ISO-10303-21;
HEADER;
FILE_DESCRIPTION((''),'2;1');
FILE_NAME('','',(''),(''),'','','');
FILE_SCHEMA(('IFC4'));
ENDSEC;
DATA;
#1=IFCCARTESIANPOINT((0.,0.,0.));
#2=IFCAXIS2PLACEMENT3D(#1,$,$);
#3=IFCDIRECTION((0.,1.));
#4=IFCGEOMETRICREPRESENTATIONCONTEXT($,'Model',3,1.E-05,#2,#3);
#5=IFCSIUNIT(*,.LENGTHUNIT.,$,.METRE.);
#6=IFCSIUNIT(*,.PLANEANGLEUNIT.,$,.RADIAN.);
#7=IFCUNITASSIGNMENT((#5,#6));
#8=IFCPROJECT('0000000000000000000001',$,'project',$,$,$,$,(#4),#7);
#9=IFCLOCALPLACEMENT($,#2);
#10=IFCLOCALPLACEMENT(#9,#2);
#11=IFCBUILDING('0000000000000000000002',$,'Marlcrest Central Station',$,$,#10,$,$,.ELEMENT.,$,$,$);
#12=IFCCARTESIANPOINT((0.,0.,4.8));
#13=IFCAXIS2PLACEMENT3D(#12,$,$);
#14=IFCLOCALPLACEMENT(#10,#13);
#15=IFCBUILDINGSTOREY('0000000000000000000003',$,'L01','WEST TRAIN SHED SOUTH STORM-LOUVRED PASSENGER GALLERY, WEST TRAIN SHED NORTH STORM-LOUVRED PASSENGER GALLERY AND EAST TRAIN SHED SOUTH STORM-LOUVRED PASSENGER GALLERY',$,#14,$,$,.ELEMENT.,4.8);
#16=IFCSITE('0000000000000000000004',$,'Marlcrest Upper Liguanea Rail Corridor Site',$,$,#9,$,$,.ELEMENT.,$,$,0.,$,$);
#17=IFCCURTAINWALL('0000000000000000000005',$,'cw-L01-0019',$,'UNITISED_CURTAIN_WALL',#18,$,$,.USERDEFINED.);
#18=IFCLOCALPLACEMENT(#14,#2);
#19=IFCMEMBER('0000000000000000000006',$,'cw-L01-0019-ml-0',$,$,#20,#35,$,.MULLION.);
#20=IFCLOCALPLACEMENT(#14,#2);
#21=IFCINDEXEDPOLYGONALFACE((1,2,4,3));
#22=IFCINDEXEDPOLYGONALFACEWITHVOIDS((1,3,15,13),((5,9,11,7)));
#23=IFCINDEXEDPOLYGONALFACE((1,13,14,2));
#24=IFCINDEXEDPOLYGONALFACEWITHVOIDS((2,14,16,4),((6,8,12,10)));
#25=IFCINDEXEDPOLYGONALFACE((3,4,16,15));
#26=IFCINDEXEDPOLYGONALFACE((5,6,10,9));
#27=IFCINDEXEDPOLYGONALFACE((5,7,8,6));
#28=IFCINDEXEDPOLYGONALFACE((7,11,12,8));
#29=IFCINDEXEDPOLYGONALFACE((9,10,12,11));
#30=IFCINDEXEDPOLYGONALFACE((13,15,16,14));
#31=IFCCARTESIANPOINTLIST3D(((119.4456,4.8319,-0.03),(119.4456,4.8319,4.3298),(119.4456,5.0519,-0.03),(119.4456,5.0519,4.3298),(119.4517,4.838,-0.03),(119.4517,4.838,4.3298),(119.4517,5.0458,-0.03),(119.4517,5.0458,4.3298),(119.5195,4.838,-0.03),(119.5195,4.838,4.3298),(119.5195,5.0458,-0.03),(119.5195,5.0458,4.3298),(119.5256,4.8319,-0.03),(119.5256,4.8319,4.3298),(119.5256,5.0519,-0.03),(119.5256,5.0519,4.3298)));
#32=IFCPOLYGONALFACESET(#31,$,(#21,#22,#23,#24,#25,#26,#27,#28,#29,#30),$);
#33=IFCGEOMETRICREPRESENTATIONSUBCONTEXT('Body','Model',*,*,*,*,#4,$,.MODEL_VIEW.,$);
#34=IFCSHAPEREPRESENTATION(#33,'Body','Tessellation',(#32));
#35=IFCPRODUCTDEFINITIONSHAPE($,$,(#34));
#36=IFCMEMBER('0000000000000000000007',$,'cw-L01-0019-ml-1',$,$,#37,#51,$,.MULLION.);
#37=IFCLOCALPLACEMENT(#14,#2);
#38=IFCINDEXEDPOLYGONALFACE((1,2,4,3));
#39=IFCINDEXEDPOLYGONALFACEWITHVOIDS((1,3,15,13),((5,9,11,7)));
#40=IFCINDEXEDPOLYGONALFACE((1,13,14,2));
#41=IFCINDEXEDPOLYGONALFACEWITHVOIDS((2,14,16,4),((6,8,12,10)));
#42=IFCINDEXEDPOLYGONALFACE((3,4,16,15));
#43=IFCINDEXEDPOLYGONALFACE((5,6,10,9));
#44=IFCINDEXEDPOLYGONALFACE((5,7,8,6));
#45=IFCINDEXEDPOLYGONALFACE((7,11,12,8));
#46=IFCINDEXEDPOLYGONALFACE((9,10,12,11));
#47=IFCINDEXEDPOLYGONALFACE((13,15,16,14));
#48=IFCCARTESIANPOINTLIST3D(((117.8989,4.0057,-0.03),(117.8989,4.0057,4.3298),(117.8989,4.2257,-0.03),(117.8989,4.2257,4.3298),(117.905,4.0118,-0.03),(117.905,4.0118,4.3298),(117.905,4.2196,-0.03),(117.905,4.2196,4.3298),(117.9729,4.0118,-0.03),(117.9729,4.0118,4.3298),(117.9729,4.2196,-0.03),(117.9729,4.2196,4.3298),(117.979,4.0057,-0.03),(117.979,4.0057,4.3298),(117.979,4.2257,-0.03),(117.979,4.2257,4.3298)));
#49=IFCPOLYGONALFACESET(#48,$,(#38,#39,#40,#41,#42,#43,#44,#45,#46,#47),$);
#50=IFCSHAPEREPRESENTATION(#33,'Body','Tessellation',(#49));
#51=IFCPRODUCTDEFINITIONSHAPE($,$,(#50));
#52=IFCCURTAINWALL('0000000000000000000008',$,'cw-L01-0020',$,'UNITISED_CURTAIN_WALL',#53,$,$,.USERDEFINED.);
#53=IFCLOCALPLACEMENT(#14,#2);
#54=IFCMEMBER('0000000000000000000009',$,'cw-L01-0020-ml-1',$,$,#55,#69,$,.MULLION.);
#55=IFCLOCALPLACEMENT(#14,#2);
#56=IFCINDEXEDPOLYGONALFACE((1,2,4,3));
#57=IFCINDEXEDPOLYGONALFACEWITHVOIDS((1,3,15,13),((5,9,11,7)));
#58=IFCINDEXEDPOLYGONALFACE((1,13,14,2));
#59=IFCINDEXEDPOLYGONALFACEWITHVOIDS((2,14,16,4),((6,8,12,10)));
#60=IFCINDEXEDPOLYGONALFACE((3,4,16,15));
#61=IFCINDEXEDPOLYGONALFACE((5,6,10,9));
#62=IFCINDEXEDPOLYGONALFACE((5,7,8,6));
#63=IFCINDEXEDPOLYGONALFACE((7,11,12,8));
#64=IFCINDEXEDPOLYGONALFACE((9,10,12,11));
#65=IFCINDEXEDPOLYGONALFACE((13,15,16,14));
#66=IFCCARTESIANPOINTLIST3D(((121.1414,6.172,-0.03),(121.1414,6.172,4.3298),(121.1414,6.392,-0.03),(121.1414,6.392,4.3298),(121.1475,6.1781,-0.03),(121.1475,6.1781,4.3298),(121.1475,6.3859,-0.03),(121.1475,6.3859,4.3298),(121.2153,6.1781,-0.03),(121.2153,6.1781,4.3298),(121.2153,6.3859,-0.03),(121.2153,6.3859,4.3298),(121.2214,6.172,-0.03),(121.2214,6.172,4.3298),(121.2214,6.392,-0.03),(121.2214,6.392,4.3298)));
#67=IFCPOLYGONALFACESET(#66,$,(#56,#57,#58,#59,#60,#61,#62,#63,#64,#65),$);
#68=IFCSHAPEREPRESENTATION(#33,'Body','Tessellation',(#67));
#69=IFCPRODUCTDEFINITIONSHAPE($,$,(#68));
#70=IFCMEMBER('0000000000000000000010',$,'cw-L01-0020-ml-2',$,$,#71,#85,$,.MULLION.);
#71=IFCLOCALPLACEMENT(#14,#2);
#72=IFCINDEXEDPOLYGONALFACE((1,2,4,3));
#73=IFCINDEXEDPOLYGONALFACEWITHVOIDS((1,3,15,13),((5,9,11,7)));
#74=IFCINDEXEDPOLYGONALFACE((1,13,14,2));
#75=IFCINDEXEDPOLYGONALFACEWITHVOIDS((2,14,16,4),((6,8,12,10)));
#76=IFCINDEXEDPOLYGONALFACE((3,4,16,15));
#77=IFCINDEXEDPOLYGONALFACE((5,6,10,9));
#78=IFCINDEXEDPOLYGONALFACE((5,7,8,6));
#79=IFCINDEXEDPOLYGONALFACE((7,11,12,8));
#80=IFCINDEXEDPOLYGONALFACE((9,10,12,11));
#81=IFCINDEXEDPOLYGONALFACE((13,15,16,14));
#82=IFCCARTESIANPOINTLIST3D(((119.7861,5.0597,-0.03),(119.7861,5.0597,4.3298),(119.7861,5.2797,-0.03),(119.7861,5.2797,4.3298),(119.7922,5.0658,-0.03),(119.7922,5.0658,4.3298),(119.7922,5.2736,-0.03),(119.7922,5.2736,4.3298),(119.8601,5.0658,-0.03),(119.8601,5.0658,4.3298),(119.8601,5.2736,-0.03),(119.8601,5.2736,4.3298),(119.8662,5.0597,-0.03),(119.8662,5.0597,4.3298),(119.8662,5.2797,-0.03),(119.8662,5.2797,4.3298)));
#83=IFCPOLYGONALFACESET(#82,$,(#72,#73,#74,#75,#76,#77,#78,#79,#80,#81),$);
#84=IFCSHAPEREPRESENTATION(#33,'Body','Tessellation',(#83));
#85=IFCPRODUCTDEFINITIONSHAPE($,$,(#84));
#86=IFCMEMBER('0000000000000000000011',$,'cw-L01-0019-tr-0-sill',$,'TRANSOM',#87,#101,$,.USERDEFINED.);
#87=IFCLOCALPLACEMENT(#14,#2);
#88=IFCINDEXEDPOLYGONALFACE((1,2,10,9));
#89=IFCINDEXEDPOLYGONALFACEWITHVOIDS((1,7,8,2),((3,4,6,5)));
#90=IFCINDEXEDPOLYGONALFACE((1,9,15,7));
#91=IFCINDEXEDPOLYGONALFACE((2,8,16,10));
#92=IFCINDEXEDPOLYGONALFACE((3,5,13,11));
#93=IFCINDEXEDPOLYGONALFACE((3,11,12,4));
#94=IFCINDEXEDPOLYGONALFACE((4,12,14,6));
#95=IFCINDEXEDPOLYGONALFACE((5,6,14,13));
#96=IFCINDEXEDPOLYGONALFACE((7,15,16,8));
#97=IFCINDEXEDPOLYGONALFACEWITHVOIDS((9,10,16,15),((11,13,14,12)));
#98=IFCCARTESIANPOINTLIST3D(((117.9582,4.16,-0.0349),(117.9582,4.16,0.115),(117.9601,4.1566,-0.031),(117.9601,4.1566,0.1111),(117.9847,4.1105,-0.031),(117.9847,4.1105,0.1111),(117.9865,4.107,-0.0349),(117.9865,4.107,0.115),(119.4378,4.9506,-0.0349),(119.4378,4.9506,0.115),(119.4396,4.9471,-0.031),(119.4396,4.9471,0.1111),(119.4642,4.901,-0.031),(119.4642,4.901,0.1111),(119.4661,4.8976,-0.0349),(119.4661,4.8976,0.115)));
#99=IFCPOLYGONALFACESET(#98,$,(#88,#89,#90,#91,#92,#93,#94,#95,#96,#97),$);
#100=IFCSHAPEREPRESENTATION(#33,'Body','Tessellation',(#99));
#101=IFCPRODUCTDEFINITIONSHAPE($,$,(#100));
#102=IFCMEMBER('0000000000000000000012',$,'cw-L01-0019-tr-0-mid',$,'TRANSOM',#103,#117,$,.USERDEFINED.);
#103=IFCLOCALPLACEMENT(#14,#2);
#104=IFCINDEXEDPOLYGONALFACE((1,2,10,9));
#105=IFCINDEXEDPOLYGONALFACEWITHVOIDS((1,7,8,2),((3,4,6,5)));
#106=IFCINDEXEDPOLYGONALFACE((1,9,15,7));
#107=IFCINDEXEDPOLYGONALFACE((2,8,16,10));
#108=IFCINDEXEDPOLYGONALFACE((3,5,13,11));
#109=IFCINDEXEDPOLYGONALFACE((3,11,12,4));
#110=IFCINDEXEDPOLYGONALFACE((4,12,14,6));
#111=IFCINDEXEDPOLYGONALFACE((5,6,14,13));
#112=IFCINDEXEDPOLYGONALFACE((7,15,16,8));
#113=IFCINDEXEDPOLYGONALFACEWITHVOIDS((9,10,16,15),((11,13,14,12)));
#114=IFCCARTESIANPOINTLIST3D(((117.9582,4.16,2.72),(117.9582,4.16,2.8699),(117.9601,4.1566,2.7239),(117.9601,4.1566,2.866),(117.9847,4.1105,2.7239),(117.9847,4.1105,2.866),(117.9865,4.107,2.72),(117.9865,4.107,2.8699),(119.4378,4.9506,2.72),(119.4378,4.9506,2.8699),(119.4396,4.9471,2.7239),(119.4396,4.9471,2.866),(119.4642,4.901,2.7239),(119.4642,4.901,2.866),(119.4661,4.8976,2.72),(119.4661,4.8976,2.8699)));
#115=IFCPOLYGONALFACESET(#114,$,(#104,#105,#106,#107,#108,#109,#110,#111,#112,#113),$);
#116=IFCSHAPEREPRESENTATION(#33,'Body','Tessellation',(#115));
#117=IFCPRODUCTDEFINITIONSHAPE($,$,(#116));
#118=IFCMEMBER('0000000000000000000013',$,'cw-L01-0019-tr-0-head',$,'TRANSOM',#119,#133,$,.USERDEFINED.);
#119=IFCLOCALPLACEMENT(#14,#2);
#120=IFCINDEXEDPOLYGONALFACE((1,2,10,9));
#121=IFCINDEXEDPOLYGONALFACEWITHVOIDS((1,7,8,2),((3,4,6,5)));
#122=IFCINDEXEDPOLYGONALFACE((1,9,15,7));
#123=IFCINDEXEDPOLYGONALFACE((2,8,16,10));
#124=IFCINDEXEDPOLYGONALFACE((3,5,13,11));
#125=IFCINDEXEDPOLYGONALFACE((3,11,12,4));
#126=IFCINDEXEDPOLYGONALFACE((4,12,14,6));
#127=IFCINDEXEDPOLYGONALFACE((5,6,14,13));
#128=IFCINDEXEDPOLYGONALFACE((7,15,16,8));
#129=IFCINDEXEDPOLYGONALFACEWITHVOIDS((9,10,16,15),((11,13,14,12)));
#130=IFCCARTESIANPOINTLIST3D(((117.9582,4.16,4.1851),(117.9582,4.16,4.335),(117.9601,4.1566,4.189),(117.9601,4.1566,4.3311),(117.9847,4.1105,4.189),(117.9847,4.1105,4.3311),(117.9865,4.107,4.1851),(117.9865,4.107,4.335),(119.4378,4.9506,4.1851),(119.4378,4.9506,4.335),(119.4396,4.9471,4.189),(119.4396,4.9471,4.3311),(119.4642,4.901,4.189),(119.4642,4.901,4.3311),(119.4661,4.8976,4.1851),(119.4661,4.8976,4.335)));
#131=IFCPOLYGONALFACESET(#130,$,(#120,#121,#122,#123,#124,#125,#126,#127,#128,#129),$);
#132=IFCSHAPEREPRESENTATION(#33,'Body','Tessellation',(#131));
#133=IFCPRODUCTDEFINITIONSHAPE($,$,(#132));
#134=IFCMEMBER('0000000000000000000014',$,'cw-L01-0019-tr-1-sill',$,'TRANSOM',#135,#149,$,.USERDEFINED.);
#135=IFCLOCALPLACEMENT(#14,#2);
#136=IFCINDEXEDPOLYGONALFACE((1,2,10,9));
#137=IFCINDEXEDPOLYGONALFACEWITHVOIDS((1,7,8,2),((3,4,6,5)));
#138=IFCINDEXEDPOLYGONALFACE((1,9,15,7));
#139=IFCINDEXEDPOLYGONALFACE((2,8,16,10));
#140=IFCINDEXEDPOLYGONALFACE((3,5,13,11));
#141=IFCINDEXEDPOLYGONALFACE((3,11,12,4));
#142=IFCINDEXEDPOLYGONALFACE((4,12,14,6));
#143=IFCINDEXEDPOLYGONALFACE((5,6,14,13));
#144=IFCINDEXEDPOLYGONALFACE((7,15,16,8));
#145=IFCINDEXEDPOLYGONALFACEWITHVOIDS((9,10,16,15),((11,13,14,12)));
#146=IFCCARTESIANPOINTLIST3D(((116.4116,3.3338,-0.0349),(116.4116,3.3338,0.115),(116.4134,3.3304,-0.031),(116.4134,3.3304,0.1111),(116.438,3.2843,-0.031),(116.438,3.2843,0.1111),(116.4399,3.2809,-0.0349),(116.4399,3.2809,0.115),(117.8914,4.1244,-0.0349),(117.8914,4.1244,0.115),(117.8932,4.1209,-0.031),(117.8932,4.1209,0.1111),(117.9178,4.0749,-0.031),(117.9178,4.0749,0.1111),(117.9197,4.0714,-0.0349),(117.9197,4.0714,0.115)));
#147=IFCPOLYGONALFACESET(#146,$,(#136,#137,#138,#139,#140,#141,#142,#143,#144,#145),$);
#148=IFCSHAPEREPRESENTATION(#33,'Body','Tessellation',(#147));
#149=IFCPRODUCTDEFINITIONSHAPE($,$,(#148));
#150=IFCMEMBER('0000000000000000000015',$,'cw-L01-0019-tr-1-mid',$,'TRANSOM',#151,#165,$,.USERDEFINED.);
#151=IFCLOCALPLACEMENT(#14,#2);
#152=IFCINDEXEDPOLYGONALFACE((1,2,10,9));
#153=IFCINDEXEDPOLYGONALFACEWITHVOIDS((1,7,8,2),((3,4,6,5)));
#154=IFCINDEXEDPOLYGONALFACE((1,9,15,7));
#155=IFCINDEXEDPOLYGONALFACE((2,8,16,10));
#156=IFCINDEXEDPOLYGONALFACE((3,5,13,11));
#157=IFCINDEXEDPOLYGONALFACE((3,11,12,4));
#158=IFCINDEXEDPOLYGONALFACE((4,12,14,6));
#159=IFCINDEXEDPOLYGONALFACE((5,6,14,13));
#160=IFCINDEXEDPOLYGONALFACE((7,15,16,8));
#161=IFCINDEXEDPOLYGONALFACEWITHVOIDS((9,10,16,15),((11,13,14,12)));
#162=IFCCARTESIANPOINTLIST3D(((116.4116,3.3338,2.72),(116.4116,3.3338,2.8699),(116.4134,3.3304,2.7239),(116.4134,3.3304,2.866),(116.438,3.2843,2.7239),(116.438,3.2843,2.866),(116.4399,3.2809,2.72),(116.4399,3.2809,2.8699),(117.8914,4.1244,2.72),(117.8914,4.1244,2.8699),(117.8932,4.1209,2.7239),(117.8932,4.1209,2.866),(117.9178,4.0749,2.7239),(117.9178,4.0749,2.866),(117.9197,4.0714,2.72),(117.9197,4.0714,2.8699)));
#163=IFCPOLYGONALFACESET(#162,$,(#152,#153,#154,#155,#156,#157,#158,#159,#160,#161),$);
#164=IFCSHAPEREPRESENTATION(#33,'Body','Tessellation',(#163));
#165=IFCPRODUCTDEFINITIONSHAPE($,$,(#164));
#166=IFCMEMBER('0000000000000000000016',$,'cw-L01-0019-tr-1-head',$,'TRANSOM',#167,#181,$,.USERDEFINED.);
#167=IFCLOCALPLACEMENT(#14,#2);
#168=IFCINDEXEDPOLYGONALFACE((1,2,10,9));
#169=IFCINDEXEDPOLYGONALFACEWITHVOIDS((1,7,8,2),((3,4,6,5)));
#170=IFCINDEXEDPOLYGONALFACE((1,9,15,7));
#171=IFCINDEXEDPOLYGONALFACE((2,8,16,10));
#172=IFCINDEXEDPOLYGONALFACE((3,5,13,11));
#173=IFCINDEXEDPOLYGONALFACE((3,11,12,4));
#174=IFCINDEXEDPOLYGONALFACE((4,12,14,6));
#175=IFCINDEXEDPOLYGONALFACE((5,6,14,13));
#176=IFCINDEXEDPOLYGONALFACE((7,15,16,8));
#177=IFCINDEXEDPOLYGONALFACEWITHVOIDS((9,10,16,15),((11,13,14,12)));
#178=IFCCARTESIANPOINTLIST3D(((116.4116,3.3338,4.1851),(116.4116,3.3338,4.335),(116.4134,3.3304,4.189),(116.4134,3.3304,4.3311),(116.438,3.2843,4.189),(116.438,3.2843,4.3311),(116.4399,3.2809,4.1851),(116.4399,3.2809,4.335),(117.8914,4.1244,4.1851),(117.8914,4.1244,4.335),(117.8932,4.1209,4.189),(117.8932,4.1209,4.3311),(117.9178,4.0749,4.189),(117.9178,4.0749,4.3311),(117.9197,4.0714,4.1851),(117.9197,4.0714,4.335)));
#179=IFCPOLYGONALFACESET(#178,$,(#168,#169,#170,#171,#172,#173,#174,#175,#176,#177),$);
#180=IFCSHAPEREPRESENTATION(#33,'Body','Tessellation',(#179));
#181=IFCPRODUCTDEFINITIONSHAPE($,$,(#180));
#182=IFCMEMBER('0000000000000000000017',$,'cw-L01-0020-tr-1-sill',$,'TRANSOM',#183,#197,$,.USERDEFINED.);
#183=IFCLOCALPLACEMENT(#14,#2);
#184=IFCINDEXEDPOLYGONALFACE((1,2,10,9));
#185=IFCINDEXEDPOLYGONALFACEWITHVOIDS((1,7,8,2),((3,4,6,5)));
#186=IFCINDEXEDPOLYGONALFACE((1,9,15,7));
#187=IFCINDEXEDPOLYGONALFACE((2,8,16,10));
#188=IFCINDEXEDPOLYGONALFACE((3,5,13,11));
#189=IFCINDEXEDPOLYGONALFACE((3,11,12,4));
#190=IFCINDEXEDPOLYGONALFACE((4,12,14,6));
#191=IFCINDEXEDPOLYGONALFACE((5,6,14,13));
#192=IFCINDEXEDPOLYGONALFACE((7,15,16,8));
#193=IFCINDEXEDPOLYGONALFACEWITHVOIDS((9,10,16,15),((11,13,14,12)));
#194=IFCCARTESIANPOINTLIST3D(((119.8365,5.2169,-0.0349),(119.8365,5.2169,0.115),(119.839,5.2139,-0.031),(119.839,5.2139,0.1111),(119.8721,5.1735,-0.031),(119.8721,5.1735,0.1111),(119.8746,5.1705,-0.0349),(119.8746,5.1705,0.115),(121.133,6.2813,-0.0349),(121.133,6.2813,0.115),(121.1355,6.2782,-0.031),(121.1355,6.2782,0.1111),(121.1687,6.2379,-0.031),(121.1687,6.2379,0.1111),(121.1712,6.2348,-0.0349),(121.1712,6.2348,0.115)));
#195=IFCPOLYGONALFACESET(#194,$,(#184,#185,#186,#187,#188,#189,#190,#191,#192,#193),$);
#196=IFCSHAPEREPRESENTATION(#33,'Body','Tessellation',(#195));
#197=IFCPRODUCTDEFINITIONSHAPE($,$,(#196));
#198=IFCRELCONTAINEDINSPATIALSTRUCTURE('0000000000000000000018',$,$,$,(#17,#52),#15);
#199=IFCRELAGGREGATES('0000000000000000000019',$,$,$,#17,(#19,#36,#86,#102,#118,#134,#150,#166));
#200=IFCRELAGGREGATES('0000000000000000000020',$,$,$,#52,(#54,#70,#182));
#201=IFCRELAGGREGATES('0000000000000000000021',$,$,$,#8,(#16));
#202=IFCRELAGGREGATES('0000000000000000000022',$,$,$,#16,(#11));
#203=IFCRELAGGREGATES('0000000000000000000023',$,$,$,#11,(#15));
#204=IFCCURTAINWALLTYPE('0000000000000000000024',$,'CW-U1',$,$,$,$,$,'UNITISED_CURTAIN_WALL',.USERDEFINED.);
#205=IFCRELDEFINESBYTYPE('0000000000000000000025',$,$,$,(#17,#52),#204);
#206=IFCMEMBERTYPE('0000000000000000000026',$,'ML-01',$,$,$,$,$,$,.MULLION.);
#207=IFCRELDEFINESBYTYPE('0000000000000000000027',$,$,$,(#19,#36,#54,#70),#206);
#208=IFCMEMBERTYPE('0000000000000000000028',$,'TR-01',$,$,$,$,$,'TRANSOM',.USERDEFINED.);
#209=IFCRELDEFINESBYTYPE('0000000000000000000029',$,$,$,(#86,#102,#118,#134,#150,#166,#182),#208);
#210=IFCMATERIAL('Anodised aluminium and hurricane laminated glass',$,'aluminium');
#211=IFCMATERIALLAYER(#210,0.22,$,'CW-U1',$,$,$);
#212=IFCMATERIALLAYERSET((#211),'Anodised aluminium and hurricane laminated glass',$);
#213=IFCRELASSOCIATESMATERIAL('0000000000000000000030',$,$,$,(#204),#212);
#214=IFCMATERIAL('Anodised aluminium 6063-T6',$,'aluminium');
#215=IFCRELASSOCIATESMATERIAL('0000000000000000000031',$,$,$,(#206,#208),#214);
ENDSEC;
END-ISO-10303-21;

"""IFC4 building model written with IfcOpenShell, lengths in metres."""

from ifc_helpers import new_model, si_unit, direction, frame, origin, origin_2d, place, context, subcontext, project, spatial, hollow_rectangle, extrude, material, layer, layer_set, material_profile, profile_set, type_object, element, aggregate, save


model = new_model("IFC4")

# Units and contexts
model_context = context("Model", 3, precision=1e-05, world=origin(), true_north=direction((0.0, 1.0)))
body_context = subcontext(model_context, "Body", "Model", "MODEL_VIEW")
ifc_project = project(units=[si_unit("LENGTHUNIT", "METRE"), si_unit("PLANEANGLEUNIT", "RADIAN")], contexts=[model_context])

# Site, building, storey
site_placement = place(None, origin())
site = spatial("IfcSite", under=ifc_project, at=site_placement, Name="Marlcrest Upper Liguanea Rail Corridor Site", CompositionType="ELEMENT", RefElevation=0.0)
building_placement = place(site_placement, origin())
building = spatial("IfcBuilding", under=site, at=building_placement, Name="Marlcrest Central Station", CompositionType="ELEMENT")
storey_placement = place(building_placement, frame((0.0, 0.0, 4.8)))
storey = spatial("IfcBuildingStorey", under=building, at=storey_placement, Name="L01", Description="WEST TRAIN SHED SOUTH STORM-LOUVRED PASSENGER GALLERY, WEST TRAIN SHED NORTH STORM-LOUVRED PASSENGER GALLERY AND EAST TRAIN SHED SOUTH STORM-LOUVRED PASSENGER GALLERY", CompositionType="ELEMENT", Elevation=4.8)

# Curtain walls, members
ifc_material_1 = material(Name="Anodised aluminium and hurricane laminated glass", Category="aluminium")
ifc_layer_1 = layer(ifc_material_1, 0.22, Name="CW-U1")
ifc_layer_set_1 = layer_set([ifc_layer_1], Name="Anodised aluminium and hurricane laminated glass")
curtain_wall_type = type_object("IfcCurtainWallType", Name="CW-U1", ElementType="UNITISED_CURTAIN_WALL", PredefinedType="USERDEFINED", material=ifc_layer_set_1)
curtain_wall_1_placement = place(storey_placement, origin())
curtain_wall_1 = element("IfcCurtainWall", 1, at=curtain_wall_1_placement, inside=storey, type_object=curtain_wall_type, Name="cw-L01-0019", ObjectType="UNITISED_CURTAIN_WALL", PredefinedType="USERDEFINED")
ifc_material_2 = material(Name="Anodised aluminium 6063-T6", Category="aluminium")
ifc_material_profile_1 = material_profile(ifc_material_2, hollow_rectangle(XDim=0.0801, YDim=0.22, WallThickness=0.0061, at=origin_2d()), Name="AA-RHS 220x80x6")
ifc_profile_set_1 = profile_set([ifc_material_profile_1], Name="Anodised aluminium 6063-T6")
member_type_1 = type_object("IfcMemberType", Name="ML-01", PredefinedType="MULLION", material=ifc_profile_set_1)
member_1_placement = place(storey_placement, frame((119.4856, 4.9419, -0.03), z_axis=(0.0, 0.0, 1.0), x_axis=(1.0, 0.0, 0.0)))
member_1 = element("IfcMember", 2, at=member_1_placement, type_object=member_type_1, Name="cw-L01-0019-ml-0", PredefinedType="MULLION", context=body_context, shape_type="SweptSolid", body=[
    extrude(hollow_rectangle(XDim=0.0801, YDim=0.22, WallThickness=0.0061, at=origin_2d()), origin(), (0.0, 0.0, 1.0), 4.3599),
])
member_2_placement = place(storey_placement, frame((117.939, 4.1157, -0.03), z_axis=(0.0, 0.0, 1.0), x_axis=(1.0, 0.0, 0.0)))
member_2 = element("IfcMember", 3, at=member_2_placement, type_object=member_type_1, Name="cw-L01-0019-ml-1", PredefinedType="MULLION", context=body_context, shape_type="SweptSolid", body=[
    extrude(hollow_rectangle(XDim=0.0801, YDim=0.22, WallThickness=0.0061, at=origin_2d()), origin(), (0.0, 0.0, 1.0), 4.3599),
])
curtain_wall_2_placement = place(storey_placement, origin())
curtain_wall_2 = element("IfcCurtainWall", 4, at=curtain_wall_2_placement, inside=storey, type_object=curtain_wall_type, Name="cw-L01-0020", ObjectType="UNITISED_CURTAIN_WALL", PredefinedType="USERDEFINED")
member_3_placement = place(storey_placement, frame((121.1814, 6.282, -0.03), z_axis=(0.0, 0.0, 1.0), x_axis=(1.0, 0.0, 0.0)))
member_3 = element("IfcMember", 5, at=member_3_placement, type_object=member_type_1, Name="cw-L01-0020-ml-1", PredefinedType="MULLION", context=body_context, shape_type="SweptSolid", body=[
    extrude(hollow_rectangle(XDim=0.0801, YDim=0.22, WallThickness=0.0061, at=origin_2d()), origin(), (0.0, 0.0, 1.0), 4.3599),
])
member_4_placement = place(storey_placement, frame((119.8262, 5.1697, -0.03), z_axis=(0.0, 0.0, 1.0), x_axis=(1.0, 0.0, 0.0)))
member_4 = element("IfcMember", 6, at=member_4_placement, type_object=member_type_1, Name="cw-L01-0020-ml-2", PredefinedType="MULLION", context=body_context, shape_type="SweptSolid", body=[
    extrude(hollow_rectangle(XDim=0.0801, YDim=0.22, WallThickness=0.0061, at=origin_2d()), origin(), (0.0, 0.0, 1.0), 4.3599),
])

# Members
ifc_material_profile_2 = material_profile(ifc_material_2, hollow_rectangle(XDim=0.0601, YDim=0.1499, WallThickness=0.0039, at=origin_2d()), Name="AA-RHS 150x60x4")
ifc_profile_set_2 = profile_set([ifc_material_profile_2], Name="Anodised aluminium 6063-T6")
member_type_2 = type_object("IfcMemberType", Name="TR-01", ElementType="TRANSOM", PredefinedType="USERDEFINED", material=ifc_profile_set_2)
member_5_placement = place(storey_placement, frame((119.4519, 4.9241, 0.04), z_axis=(-0.88199, -0.471268, 0.0), x_axis=(0.471268, -0.88199, 0.0)))
member_5 = element("IfcMember", 7, at=member_5_placement, type_object=member_type_2, Name="cw-L01-0019-tr-0-sill", ObjectType="TRANSOM", PredefinedType="USERDEFINED", context=body_context, shape_type="SweptSolid", body=[
    extrude(hollow_rectangle(XDim=0.0601, YDim=0.1499, WallThickness=0.0039, at=origin_2d()), origin(), (0.0, 0.0, 1.0), 1.6775),
])
member_6_placement = place(storey_placement, frame((119.4519, 4.9241, 2.7949), z_axis=(-0.88199, -0.471268, 0.0), x_axis=(0.471268, -0.88199, 0.0)))
member_6 = element("IfcMember", 8, at=member_6_placement, type_object=member_type_2, Name="cw-L01-0019-tr-0-mid", ObjectType="TRANSOM", PredefinedType="USERDEFINED", context=body_context, shape_type="SweptSolid", body=[
    extrude(hollow_rectangle(XDim=0.0601, YDim=0.1499, WallThickness=0.0039, at=origin_2d()), origin(), (0.0, 0.0, 1.0), 1.6775),
])
member_7_placement = place(storey_placement, frame((119.4519, 4.9241, 4.26), z_axis=(-0.88199, -0.471268, 0.0), x_axis=(0.471268, -0.88199, 0.0)))
member_7 = element("IfcMember", 9, at=member_7_placement, type_object=member_type_2, Name="cw-L01-0019-tr-0-head", ObjectType="TRANSOM", PredefinedType="USERDEFINED", context=body_context, shape_type="SweptSolid", body=[
    extrude(hollow_rectangle(XDim=0.0601, YDim=0.1499, WallThickness=0.0039, at=origin_2d()), origin(), (0.0, 0.0, 1.0), 1.6775),
])
member_8_placement = place(storey_placement, frame((117.9055, 4.0979, 0.04), z_axis=(-0.882022, -0.471207, 0.0), x_axis=(0.471207, -0.882022, 0.0)))
member_8 = element("IfcMember", 10, at=member_8_placement, type_object=member_type_2, Name="cw-L01-0019-tr-1-sill", ObjectType="TRANSOM", PredefinedType="USERDEFINED", context=body_context, shape_type="SweptSolid", body=[
    extrude(hollow_rectangle(XDim=0.0601, YDim=0.1499, WallThickness=0.0039, at=origin_2d()), origin(), (0.0, 0.0, 1.0), 1.6777),
])
member_9_placement = place(storey_placement, frame((117.9055, 4.0979, 2.7949), z_axis=(-0.882022, -0.471207, 0.0), x_axis=(0.471207, -0.882022, 0.0)))
member_9 = element("IfcMember", 11, at=member_9_placement, type_object=member_type_2, Name="cw-L01-0019-tr-1-mid", ObjectType="TRANSOM", PredefinedType="USERDEFINED", context=body_context, shape_type="SweptSolid", body=[
    extrude(hollow_rectangle(XDim=0.0601, YDim=0.1499, WallThickness=0.0039, at=origin_2d()), origin(), (0.0, 0.0, 1.0), 1.6777),
])
member_10_placement = place(storey_placement, frame((117.9055, 4.0979, 4.26), z_axis=(-0.882022, -0.471207, 0.0), x_axis=(0.471207, -0.882022, 0.0)))
member_10 = element("IfcMember", 12, at=member_10_placement, type_object=member_type_2, Name="cw-L01-0019-tr-1-head", ObjectType="TRANSOM", PredefinedType="USERDEFINED", context=body_context, shape_type="SweptSolid", body=[
    extrude(hollow_rectangle(XDim=0.0601, YDim=0.1499, WallThickness=0.0039, at=origin_2d()), origin(), (0.0, 0.0, 1.0), 1.6777),
])
member_11_placement = place(storey_placement, frame((121.1521, 6.2581, 0.04), z_axis=(-0.772912, -0.634513, 0.0), x_axis=(0.634513, -0.772912, 0.0)))
member_11 = element("IfcMember", 13, at=member_11_placement, type_object=member_type_2, Name="cw-L01-0020-tr-1-sill", ObjectType="TRANSOM", PredefinedType="USERDEFINED", context=body_context, shape_type="SweptSolid", body=[
    extrude(hollow_rectangle(XDim=0.0601, YDim=0.1499, WallThickness=0.0039, at=origin_2d()), origin(), (0.0, 0.0, 1.0), 1.6775),
])

aggregate(curtain_wall_1, [member_1, member_2, member_5, member_6, member_7, member_8, member_9, member_10])
aggregate(curtain_wall_2, [member_3, member_4, member_11])

save(model, "model.ifc")
